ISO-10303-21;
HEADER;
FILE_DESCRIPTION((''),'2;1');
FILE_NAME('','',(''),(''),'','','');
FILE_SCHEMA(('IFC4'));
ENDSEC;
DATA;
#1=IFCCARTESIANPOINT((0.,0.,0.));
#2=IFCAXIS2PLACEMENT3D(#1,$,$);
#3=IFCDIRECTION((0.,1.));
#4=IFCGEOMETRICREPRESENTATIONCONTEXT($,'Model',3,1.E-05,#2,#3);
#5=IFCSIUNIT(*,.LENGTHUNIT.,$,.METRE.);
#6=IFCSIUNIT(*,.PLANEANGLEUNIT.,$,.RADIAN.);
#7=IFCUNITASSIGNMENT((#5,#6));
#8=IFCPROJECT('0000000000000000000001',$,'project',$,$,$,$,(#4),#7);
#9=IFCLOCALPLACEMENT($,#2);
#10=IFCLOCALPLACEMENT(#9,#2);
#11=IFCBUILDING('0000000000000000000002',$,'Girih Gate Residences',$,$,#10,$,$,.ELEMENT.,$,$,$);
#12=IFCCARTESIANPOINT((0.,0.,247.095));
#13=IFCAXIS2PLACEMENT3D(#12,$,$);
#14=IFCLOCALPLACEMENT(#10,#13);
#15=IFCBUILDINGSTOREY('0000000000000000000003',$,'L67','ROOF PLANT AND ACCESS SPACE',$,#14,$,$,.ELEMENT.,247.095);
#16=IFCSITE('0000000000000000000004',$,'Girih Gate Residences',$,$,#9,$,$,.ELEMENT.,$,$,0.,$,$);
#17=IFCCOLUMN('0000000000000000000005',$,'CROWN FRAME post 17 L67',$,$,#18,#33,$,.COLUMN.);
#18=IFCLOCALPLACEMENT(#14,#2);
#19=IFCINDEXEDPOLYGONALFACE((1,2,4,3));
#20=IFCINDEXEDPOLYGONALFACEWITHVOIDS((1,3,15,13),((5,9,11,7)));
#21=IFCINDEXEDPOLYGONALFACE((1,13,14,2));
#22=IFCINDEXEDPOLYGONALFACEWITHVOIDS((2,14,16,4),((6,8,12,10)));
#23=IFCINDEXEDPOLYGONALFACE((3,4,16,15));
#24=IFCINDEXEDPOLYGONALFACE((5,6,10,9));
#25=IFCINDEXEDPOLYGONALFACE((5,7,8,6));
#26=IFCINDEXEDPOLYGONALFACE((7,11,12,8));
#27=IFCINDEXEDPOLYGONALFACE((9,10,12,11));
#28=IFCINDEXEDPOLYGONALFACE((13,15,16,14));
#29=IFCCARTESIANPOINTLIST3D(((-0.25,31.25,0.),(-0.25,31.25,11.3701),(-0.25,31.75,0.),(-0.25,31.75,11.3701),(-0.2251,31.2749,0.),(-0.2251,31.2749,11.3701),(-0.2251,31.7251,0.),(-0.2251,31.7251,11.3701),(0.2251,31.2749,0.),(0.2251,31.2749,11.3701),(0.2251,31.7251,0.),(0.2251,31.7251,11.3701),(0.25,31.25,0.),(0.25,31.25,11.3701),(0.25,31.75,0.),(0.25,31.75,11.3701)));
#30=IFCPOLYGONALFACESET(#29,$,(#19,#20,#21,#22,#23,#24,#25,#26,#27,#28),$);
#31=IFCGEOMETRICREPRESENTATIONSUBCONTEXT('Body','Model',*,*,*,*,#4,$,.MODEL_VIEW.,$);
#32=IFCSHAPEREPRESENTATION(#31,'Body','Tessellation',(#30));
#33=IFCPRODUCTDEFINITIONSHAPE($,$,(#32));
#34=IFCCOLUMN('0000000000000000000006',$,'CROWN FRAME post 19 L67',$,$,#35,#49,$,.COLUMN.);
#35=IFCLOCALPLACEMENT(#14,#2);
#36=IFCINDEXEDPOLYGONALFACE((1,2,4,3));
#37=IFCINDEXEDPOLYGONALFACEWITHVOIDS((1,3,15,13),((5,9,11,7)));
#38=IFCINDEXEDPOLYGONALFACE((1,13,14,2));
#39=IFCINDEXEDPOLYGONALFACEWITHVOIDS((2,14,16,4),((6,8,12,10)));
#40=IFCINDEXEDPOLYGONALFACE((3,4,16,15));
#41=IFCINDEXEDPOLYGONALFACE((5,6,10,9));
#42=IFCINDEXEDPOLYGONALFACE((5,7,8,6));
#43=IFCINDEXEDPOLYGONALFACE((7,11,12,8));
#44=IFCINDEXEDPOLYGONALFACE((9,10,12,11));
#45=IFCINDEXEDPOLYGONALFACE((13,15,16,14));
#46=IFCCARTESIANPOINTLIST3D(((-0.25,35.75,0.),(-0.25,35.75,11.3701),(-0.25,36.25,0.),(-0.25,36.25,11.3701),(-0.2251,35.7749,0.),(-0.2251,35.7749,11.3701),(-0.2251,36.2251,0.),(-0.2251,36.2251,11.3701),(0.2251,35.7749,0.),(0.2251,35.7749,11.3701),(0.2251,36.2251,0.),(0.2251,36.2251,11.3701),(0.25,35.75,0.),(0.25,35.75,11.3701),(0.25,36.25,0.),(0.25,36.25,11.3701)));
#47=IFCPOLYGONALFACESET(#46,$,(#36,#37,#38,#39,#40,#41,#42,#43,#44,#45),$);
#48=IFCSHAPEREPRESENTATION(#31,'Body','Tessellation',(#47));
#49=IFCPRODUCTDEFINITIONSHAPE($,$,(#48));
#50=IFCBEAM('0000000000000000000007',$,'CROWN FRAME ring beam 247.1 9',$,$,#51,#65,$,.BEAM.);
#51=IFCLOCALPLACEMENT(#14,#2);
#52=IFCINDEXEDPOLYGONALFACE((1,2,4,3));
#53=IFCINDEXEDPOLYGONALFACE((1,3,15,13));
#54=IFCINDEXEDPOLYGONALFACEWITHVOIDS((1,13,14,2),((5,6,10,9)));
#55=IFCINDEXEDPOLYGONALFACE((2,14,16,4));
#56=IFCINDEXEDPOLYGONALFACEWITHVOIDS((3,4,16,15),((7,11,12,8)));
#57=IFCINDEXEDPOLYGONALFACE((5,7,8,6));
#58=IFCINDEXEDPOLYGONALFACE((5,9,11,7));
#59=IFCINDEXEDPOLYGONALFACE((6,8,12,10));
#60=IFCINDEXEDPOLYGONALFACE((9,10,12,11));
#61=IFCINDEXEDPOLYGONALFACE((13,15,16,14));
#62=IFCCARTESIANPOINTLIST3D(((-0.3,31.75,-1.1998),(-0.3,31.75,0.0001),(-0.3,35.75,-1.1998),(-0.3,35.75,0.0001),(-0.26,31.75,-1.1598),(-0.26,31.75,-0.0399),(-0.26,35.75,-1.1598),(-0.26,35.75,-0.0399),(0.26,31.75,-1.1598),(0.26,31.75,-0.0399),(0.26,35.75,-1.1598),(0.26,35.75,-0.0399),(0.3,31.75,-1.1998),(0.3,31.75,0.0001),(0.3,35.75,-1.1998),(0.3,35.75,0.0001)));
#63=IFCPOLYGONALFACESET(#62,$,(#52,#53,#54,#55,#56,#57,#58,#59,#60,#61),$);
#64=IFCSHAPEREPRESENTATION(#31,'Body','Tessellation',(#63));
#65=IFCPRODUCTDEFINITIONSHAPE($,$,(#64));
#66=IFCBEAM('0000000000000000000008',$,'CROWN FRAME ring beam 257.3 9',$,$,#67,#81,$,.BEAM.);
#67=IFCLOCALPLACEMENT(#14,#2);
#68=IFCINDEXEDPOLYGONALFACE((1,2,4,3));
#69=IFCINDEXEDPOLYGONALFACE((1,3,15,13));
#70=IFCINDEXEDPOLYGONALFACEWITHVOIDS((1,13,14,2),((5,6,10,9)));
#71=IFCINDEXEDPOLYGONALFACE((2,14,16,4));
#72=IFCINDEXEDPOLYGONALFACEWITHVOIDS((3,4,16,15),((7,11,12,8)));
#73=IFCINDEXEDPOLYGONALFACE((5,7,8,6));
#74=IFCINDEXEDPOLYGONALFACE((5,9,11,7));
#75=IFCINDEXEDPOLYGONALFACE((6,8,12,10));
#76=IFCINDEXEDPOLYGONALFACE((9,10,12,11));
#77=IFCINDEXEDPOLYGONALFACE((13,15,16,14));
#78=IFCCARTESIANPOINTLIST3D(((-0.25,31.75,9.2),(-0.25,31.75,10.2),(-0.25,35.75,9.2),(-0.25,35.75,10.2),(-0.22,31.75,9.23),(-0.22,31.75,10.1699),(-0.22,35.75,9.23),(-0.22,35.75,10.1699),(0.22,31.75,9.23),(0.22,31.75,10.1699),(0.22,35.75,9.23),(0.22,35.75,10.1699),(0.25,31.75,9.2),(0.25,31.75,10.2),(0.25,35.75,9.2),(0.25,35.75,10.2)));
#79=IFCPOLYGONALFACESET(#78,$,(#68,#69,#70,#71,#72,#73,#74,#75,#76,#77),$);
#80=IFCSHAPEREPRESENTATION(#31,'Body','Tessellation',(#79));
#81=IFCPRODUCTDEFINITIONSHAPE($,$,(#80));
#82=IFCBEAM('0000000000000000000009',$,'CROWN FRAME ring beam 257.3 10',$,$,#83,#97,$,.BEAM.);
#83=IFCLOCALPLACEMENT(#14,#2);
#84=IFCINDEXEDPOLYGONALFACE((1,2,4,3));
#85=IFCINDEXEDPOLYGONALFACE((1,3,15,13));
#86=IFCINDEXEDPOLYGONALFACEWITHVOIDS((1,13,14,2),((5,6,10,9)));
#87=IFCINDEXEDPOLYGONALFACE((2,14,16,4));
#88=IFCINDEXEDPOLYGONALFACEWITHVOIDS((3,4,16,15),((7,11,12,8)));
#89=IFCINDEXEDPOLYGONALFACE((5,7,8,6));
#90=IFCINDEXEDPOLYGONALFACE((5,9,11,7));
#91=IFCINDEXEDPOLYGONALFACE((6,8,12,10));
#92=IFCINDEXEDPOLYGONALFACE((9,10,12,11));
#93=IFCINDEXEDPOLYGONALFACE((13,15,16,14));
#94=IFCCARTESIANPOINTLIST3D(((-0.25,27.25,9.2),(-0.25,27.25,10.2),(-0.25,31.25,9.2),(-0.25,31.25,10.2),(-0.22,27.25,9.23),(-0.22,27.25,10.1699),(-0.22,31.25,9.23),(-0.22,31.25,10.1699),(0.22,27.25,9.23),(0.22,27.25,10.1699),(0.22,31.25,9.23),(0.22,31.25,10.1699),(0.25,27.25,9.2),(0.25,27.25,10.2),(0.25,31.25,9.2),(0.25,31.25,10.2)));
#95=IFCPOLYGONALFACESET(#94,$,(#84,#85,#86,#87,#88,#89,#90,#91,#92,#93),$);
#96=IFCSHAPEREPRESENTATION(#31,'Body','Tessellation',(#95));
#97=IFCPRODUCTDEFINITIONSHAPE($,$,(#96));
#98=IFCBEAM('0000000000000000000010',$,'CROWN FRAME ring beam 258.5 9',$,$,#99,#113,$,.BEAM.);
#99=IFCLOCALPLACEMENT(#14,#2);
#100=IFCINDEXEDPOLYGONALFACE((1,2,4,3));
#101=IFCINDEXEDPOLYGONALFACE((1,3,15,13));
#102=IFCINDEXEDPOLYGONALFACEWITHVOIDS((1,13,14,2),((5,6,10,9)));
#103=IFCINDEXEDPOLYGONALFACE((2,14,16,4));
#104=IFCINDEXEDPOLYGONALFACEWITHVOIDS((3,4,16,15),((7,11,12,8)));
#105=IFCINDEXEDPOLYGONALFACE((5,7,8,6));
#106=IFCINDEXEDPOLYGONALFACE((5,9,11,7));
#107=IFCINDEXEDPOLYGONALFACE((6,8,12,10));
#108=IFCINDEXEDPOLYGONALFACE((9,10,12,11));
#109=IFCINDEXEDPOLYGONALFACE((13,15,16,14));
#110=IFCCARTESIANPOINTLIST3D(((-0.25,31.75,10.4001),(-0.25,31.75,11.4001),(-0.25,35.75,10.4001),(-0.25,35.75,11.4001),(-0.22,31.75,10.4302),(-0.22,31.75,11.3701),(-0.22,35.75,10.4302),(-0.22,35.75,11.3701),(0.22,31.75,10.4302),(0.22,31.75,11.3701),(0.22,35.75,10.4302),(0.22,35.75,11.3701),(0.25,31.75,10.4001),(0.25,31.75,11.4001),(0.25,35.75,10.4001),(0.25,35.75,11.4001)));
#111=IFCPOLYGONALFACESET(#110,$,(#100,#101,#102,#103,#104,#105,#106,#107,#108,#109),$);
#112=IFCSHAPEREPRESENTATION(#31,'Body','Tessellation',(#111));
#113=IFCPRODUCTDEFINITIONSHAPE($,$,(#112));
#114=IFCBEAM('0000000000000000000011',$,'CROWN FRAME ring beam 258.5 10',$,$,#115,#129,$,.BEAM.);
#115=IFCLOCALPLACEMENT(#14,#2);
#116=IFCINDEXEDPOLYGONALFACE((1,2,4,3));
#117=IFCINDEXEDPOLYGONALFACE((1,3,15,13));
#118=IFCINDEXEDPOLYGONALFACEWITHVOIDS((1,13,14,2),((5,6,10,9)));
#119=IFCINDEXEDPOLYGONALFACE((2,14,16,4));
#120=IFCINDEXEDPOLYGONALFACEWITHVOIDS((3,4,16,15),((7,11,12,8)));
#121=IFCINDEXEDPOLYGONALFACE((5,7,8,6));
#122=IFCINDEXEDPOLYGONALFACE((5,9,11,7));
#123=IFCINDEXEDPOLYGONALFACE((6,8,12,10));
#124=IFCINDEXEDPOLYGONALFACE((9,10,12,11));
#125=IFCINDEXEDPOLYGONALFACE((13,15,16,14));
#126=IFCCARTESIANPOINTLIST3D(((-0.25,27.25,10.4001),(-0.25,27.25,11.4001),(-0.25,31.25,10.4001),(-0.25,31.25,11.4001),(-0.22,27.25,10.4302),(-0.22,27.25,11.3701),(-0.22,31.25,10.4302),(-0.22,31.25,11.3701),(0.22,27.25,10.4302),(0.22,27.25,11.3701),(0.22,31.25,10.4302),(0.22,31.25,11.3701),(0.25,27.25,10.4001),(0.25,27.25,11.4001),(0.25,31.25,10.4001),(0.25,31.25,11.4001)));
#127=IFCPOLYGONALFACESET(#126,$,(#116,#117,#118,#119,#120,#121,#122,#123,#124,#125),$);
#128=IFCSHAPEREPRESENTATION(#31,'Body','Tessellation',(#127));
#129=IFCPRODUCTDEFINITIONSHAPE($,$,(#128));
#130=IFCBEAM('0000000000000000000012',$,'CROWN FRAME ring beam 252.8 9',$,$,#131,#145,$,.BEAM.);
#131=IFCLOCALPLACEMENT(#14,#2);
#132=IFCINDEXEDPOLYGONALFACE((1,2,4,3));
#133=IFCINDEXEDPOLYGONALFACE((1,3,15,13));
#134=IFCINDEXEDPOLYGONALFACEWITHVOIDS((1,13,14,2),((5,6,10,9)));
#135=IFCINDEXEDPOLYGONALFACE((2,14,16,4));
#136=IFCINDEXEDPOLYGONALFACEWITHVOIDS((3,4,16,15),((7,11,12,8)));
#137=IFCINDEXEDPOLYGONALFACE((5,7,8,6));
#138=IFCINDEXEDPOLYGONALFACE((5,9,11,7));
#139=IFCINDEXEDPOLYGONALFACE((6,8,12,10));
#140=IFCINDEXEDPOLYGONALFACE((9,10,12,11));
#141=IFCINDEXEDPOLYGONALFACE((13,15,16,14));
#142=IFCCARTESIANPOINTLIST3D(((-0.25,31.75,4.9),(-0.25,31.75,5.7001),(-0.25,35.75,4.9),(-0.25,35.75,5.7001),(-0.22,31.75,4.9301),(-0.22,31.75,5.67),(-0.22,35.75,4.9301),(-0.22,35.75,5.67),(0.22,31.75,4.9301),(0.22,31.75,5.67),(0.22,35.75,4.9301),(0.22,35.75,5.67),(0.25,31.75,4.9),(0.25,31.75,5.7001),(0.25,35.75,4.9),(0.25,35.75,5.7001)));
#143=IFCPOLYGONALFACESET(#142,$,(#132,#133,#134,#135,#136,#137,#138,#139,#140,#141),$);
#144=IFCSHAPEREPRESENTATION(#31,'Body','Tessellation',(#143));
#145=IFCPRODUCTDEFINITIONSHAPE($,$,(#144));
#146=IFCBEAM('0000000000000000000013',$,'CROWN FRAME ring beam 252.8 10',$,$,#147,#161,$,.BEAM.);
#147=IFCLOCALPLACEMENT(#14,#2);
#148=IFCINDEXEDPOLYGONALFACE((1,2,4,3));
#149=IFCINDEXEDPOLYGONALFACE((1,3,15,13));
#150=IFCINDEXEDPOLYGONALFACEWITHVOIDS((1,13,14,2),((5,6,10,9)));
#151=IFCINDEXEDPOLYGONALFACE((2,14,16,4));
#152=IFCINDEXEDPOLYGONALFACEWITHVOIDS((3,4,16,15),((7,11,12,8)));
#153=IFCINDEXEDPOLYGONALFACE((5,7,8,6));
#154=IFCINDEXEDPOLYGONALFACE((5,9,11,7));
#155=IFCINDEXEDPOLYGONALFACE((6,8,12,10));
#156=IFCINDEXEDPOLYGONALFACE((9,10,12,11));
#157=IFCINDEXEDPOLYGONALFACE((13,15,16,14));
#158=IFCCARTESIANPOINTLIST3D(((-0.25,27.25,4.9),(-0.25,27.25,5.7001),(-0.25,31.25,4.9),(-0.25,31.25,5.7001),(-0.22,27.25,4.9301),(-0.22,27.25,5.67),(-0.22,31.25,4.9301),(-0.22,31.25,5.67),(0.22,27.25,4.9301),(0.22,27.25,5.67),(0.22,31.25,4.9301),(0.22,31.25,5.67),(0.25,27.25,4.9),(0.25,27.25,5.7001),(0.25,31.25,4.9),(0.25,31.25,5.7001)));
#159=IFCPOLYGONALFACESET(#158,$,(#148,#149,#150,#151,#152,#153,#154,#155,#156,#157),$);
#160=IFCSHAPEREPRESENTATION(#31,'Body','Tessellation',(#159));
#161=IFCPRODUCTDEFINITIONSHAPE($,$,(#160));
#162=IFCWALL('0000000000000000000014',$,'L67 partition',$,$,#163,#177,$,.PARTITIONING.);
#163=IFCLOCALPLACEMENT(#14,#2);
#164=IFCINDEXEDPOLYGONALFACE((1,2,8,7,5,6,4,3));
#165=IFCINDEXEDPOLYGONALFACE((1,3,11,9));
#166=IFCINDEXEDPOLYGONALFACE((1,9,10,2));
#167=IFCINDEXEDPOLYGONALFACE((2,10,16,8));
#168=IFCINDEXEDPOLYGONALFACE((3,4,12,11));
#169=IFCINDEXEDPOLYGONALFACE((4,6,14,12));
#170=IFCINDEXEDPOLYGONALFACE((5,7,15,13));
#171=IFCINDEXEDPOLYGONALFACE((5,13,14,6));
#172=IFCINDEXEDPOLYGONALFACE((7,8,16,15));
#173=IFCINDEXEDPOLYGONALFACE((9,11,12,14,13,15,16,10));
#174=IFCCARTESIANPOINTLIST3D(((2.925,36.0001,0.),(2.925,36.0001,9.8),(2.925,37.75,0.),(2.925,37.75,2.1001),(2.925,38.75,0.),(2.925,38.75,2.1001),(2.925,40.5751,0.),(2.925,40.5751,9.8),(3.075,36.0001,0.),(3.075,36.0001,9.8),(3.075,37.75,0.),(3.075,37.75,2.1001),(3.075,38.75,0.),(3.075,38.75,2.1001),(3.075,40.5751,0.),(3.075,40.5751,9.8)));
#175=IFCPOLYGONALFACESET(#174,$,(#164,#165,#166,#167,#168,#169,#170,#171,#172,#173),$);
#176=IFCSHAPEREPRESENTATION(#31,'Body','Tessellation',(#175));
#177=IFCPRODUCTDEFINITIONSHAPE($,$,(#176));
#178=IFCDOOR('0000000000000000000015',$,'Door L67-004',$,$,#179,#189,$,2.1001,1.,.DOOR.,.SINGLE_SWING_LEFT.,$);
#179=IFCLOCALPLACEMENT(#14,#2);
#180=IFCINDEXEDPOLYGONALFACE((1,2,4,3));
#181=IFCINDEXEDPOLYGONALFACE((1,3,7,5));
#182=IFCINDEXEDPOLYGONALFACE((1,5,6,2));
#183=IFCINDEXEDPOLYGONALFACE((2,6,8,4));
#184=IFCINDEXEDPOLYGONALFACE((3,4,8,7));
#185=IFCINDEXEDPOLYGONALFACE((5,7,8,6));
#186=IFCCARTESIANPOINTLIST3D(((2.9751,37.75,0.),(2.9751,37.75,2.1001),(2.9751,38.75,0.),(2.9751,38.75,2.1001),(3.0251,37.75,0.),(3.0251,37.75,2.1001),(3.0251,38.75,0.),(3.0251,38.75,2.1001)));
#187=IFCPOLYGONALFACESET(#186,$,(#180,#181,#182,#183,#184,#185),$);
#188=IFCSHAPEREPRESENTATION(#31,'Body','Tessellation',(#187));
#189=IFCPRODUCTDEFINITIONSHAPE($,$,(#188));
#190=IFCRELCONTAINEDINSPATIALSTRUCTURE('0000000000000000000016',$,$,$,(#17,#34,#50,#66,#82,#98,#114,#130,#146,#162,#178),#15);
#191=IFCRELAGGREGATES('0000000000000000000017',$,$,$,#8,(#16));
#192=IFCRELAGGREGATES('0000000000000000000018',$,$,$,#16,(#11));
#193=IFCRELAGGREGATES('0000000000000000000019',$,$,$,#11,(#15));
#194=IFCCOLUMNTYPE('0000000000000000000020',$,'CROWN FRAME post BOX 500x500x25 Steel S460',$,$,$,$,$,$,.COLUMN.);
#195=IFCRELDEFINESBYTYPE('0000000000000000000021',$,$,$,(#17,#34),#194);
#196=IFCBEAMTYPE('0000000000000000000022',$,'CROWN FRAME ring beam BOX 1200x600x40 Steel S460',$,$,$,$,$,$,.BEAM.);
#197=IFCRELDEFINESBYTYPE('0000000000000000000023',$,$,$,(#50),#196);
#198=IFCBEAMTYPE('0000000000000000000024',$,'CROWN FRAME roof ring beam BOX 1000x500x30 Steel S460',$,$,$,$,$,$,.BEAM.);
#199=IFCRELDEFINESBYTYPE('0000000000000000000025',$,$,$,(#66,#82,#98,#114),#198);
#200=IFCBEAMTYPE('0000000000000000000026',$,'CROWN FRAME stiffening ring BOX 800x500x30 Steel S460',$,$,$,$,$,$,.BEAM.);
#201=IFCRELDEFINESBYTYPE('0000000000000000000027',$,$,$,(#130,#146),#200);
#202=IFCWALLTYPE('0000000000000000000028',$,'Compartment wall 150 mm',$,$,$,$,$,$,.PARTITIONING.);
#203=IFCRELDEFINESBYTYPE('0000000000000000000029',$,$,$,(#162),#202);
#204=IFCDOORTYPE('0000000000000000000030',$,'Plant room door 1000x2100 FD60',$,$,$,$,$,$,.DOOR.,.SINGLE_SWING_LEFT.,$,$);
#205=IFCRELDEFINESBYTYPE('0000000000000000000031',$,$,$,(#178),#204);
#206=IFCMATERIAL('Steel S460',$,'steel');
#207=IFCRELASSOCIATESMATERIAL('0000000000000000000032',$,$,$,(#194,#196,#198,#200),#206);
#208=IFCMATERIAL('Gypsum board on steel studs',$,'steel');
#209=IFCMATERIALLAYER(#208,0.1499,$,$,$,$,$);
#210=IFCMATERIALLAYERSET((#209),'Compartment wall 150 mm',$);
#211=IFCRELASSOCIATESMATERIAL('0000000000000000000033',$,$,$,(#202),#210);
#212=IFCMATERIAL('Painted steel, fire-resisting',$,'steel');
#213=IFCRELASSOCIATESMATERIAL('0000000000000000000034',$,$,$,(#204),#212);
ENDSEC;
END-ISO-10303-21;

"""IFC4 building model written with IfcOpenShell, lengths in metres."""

from ifc_helpers import new_model, si_unit, direction, frame, frame_2d, origin, origin_2d, place, context, subcontext, project, spatial, rectangle, hollow_rectangle, extrude, material, layer, layer_set, material_profile, profile_set, type_object, element, fill, save


model = new_model("IFC4")

# Units and contexts
model_context = context("Model", 3, precision=1e-05, world=origin(), true_north=direction((0.0, 1.0)))
body_context = subcontext(model_context, "Body", "Model", "MODEL_VIEW")
ifc_project = project(units=[si_unit("LENGTHUNIT", "METRE"), si_unit("PLANEANGLEUNIT", "RADIAN")], contexts=[model_context])

# Site, building, storey
site_placement = place(None, origin())
site = spatial("IfcSite", under=ifc_project, at=site_placement, Name="Girih Gate Residences", CompositionType="ELEMENT", RefElevation=0.0)
building_placement = place(site_placement, origin())
building = spatial("IfcBuilding", under=site, at=building_placement, Name="Girih Gate Residences", CompositionType="ELEMENT")
storey_placement = place(building_placement, frame((0.0, 0.0, 247.095)))
storey = spatial("IfcBuildingStorey", under=building, at=storey_placement, Name="L67", Description="ROOF PLANT AND ACCESS SPACE", CompositionType="ELEMENT", Elevation=247.095)

# Columns
ifc_material_1 = material(Name="Steel S460", Category="steel")
ifc_material_profile_1 = material_profile(ifc_material_1, hollow_rectangle(XDim=0.5, YDim=0.5, WallThickness=0.0249, at=origin_2d()))
ifc_profile_set_1 = profile_set([ifc_material_profile_1], Name="Steel S460")
column_type = type_object("IfcColumnType", Name="CROWN FRAME post BOX 500x500x25 Steel S460", PredefinedType="COLUMN", material=ifc_profile_set_1)
for number, where, z_axis, x_axis, name in (
    (1, (0.0, 31.5, 0.0), (0.0, 0.0, 1.0), (1.0, 0.0, 0.0), "CROWN FRAME post 17 L67"),
    (2, (0.0, 36.0, 0.0), (0.0, 0.0, 1.0), (1.0, 0.0, 0.0), "CROWN FRAME post 19 L67"),
):
    element("IfcColumn", number, at=place(storey_placement, frame(where, z_axis=z_axis, x_axis=x_axis)), inside=storey, type_object=column_type, Name=name, PredefinedType="COLUMN", context=body_context, shape_type="SweptSolid", body=[
        extrude(hollow_rectangle(XDim=0.5, YDim=0.5, WallThickness=0.0249, at=origin_2d()), origin(), (0.0, 0.0, 1.0), 11.3701),
    ])

# Beams
ifc_material_profile_2 = material_profile(ifc_material_1, hollow_rectangle(XDim=0.6001, YDim=1.2, WallThickness=0.04, at=origin_2d()))
ifc_profile_set_2 = profile_set([ifc_material_profile_2], Name="Steel S460")
beam_type_1 = type_object("IfcBeamType", Name="CROWN FRAME ring beam BOX 1200x600x40 Steel S460", PredefinedType="BEAM", material=ifc_profile_set_2)
beam_placement = place(storey_placement, frame((0.0, 35.75, -0.5999), z_axis=(0.0, -1.0, 0.0), x_axis=(1.0, 0.0, 0.0)))
element("IfcBeam", 3, at=beam_placement, inside=storey, type_object=beam_type_1, Name="CROWN FRAME ring beam 247.1 9", PredefinedType="BEAM", context=body_context, shape_type="SweptSolid", body=[
    extrude(hollow_rectangle(XDim=0.6001, YDim=1.2, WallThickness=0.04, at=origin_2d()), origin(), (0.0, 0.0, 1.0), 4.0),
])
ifc_material_profile_3 = material_profile(ifc_material_1, hollow_rectangle(XDim=0.5, YDim=1.0, WallThickness=0.03, at=origin_2d()))
ifc_profile_set_3 = profile_set([ifc_material_profile_3], Name="Steel S460")
beam_type_2 = type_object("IfcBeamType", Name="CROWN FRAME roof ring beam BOX 1000x500x30 Steel S460", PredefinedType="BEAM", material=ifc_profile_set_3)
for number, where, z_axis, x_axis, name in (
    (4, (0.0, 35.75, 9.7), (0.0, -1.0, 0.0), (1.0, 0.0, 0.0), "CROWN FRAME ring beam 257.3 9"),
    (5, (0.0, 31.25, 9.7), (0.0, -1.0, 0.0), (1.0, 0.0, 0.0), "CROWN FRAME ring beam 257.3 10"),
    (6, (0.0, 35.75, 10.9001), (0.0, -1.0, 0.0), (1.0, 0.0, 0.0), "CROWN FRAME ring beam 258.5 9"),
    (7, (0.0, 31.25, 10.9001), (0.0, -1.0, 0.0), (1.0, 0.0, 0.0), "CROWN FRAME ring beam 258.5 10"),
):
    element("IfcBeam", number, at=place(storey_placement, frame(where, z_axis=z_axis, x_axis=x_axis)), inside=storey, type_object=beam_type_2, Name=name, PredefinedType="BEAM", context=body_context, shape_type="SweptSolid", body=[
        extrude(hollow_rectangle(XDim=0.5, YDim=1.0, WallThickness=0.03, at=origin_2d()), origin(), (0.0, 0.0, 1.0), 4.0),
    ])
ifc_material_profile_4 = material_profile(ifc_material_1, hollow_rectangle(XDim=0.5, YDim=0.8, WallThickness=0.03, at=origin_2d()))
ifc_profile_set_4 = profile_set([ifc_material_profile_4], Name="Steel S460")
beam_type_3 = type_object("IfcBeamType", Name="CROWN FRAME stiffening ring BOX 800x500x30 Steel S460", PredefinedType="BEAM", material=ifc_profile_set_4)
for number, where, z_axis, x_axis, name in (
    (8, (0.0, 35.75, 5.3), (0.0, -1.0, 0.0), (1.0, 0.0, 0.0), "CROWN FRAME ring beam 252.8 9"),
    (9, (0.0, 31.25, 5.3), (0.0, -1.0, 0.0), (1.0, 0.0, 0.0), "CROWN FRAME ring beam 252.8 10"),
):
    element("IfcBeam", number, at=place(storey_placement, frame(where, z_axis=z_axis, x_axis=x_axis)), inside=storey, type_object=beam_type_3, Name=name, PredefinedType="BEAM", context=body_context, shape_type="SweptSolid", body=[
        extrude(hollow_rectangle(XDim=0.5, YDim=0.8, WallThickness=0.03, at=origin_2d()), origin(), (0.0, 0.0, 1.0), 4.0),
    ])

# Wall, opening, door
ifc_material_2 = material(Name="Gypsum board on steel studs", Category="steel")
ifc_layer_1 = layer(ifc_material_2, 0.1499)
ifc_layer_set_1 = layer_set([ifc_layer_1], Name="Compartment wall 150 mm")
wall_type_1 = type_object("IfcWallType", Name="Compartment wall 150 mm", PredefinedType="PARTITIONING", material=ifc_layer_set_1)
wall_1_placement = place(storey_placement, frame((3.0, 36.0, 0.0), z_axis=(0.0, 0.0, 1.0), x_axis=(0.0, 1.0, 0.0)))
wall_1 = element("IfcWall", 10, at=wall_1_placement, inside=storey, type_object=wall_type_1, Name="L67 partition", PredefinedType="PARTITIONING", context=body_context, shape_type="SweptSolid", body=[
    extrude(rectangle(XDim=4.575, YDim=0.1499, at=frame_2d((2.2876, 0.0))), origin(), (0.0, 0.0, 1.0), 9.8),
])
opening_1_placement = place(wall_1_placement, frame((1.75, 0.0, 0.0)))
opening_1 = element("IfcOpeningElement", 11, at=opening_1_placement, cuts=wall_1, PredefinedType="OPENING", context=body_context, shape_type="SweptSolid", body=[
    extrude(rectangle(XDim=1.0, YDim=2.1001, at=frame_2d((0.5, 1.05))), frame((0.0, 0.085, 0.0), z_axis=(0.0, -1.0, 0.0), x_axis=(1.0, 0.0, 0.0)), (0.0, 0.0, 1.0), 0.1699),
])
ifc_material_3 = material(Name="Painted steel, fire-resisting", Category="steel")
door_type_1 = type_object("IfcDoorType", Name="Plant room door 1000x2100 FD60", OperationType="SINGLE_SWING_LEFT", PredefinedType="DOOR", material=ifc_material_3)
door_1_placement = place(opening_1_placement, origin())
door_1 = element("IfcDoor", 12, at=door_1_placement, inside=storey, type_object=door_type_1, Name="Door L67-004", OperationType="SINGLE_SWING_LEFT", OverallHeight=2.1001, OverallWidth=1.0, PredefinedType="DOOR", context=body_context, shape_type="SweptSolid", body=[
    extrude(rectangle(XDim=1.0, YDim=2.1001, at=frame_2d((0.5, 1.05))), frame((0.0, 0.0249, 0.0), z_axis=(0.0, -1.0, 0.0), x_axis=(1.0, 0.0, 0.0)), (0.0, 0.0, 1.0), 0.05),
])
fill(opening_1, door_1)

save(model, "model.ifc")
